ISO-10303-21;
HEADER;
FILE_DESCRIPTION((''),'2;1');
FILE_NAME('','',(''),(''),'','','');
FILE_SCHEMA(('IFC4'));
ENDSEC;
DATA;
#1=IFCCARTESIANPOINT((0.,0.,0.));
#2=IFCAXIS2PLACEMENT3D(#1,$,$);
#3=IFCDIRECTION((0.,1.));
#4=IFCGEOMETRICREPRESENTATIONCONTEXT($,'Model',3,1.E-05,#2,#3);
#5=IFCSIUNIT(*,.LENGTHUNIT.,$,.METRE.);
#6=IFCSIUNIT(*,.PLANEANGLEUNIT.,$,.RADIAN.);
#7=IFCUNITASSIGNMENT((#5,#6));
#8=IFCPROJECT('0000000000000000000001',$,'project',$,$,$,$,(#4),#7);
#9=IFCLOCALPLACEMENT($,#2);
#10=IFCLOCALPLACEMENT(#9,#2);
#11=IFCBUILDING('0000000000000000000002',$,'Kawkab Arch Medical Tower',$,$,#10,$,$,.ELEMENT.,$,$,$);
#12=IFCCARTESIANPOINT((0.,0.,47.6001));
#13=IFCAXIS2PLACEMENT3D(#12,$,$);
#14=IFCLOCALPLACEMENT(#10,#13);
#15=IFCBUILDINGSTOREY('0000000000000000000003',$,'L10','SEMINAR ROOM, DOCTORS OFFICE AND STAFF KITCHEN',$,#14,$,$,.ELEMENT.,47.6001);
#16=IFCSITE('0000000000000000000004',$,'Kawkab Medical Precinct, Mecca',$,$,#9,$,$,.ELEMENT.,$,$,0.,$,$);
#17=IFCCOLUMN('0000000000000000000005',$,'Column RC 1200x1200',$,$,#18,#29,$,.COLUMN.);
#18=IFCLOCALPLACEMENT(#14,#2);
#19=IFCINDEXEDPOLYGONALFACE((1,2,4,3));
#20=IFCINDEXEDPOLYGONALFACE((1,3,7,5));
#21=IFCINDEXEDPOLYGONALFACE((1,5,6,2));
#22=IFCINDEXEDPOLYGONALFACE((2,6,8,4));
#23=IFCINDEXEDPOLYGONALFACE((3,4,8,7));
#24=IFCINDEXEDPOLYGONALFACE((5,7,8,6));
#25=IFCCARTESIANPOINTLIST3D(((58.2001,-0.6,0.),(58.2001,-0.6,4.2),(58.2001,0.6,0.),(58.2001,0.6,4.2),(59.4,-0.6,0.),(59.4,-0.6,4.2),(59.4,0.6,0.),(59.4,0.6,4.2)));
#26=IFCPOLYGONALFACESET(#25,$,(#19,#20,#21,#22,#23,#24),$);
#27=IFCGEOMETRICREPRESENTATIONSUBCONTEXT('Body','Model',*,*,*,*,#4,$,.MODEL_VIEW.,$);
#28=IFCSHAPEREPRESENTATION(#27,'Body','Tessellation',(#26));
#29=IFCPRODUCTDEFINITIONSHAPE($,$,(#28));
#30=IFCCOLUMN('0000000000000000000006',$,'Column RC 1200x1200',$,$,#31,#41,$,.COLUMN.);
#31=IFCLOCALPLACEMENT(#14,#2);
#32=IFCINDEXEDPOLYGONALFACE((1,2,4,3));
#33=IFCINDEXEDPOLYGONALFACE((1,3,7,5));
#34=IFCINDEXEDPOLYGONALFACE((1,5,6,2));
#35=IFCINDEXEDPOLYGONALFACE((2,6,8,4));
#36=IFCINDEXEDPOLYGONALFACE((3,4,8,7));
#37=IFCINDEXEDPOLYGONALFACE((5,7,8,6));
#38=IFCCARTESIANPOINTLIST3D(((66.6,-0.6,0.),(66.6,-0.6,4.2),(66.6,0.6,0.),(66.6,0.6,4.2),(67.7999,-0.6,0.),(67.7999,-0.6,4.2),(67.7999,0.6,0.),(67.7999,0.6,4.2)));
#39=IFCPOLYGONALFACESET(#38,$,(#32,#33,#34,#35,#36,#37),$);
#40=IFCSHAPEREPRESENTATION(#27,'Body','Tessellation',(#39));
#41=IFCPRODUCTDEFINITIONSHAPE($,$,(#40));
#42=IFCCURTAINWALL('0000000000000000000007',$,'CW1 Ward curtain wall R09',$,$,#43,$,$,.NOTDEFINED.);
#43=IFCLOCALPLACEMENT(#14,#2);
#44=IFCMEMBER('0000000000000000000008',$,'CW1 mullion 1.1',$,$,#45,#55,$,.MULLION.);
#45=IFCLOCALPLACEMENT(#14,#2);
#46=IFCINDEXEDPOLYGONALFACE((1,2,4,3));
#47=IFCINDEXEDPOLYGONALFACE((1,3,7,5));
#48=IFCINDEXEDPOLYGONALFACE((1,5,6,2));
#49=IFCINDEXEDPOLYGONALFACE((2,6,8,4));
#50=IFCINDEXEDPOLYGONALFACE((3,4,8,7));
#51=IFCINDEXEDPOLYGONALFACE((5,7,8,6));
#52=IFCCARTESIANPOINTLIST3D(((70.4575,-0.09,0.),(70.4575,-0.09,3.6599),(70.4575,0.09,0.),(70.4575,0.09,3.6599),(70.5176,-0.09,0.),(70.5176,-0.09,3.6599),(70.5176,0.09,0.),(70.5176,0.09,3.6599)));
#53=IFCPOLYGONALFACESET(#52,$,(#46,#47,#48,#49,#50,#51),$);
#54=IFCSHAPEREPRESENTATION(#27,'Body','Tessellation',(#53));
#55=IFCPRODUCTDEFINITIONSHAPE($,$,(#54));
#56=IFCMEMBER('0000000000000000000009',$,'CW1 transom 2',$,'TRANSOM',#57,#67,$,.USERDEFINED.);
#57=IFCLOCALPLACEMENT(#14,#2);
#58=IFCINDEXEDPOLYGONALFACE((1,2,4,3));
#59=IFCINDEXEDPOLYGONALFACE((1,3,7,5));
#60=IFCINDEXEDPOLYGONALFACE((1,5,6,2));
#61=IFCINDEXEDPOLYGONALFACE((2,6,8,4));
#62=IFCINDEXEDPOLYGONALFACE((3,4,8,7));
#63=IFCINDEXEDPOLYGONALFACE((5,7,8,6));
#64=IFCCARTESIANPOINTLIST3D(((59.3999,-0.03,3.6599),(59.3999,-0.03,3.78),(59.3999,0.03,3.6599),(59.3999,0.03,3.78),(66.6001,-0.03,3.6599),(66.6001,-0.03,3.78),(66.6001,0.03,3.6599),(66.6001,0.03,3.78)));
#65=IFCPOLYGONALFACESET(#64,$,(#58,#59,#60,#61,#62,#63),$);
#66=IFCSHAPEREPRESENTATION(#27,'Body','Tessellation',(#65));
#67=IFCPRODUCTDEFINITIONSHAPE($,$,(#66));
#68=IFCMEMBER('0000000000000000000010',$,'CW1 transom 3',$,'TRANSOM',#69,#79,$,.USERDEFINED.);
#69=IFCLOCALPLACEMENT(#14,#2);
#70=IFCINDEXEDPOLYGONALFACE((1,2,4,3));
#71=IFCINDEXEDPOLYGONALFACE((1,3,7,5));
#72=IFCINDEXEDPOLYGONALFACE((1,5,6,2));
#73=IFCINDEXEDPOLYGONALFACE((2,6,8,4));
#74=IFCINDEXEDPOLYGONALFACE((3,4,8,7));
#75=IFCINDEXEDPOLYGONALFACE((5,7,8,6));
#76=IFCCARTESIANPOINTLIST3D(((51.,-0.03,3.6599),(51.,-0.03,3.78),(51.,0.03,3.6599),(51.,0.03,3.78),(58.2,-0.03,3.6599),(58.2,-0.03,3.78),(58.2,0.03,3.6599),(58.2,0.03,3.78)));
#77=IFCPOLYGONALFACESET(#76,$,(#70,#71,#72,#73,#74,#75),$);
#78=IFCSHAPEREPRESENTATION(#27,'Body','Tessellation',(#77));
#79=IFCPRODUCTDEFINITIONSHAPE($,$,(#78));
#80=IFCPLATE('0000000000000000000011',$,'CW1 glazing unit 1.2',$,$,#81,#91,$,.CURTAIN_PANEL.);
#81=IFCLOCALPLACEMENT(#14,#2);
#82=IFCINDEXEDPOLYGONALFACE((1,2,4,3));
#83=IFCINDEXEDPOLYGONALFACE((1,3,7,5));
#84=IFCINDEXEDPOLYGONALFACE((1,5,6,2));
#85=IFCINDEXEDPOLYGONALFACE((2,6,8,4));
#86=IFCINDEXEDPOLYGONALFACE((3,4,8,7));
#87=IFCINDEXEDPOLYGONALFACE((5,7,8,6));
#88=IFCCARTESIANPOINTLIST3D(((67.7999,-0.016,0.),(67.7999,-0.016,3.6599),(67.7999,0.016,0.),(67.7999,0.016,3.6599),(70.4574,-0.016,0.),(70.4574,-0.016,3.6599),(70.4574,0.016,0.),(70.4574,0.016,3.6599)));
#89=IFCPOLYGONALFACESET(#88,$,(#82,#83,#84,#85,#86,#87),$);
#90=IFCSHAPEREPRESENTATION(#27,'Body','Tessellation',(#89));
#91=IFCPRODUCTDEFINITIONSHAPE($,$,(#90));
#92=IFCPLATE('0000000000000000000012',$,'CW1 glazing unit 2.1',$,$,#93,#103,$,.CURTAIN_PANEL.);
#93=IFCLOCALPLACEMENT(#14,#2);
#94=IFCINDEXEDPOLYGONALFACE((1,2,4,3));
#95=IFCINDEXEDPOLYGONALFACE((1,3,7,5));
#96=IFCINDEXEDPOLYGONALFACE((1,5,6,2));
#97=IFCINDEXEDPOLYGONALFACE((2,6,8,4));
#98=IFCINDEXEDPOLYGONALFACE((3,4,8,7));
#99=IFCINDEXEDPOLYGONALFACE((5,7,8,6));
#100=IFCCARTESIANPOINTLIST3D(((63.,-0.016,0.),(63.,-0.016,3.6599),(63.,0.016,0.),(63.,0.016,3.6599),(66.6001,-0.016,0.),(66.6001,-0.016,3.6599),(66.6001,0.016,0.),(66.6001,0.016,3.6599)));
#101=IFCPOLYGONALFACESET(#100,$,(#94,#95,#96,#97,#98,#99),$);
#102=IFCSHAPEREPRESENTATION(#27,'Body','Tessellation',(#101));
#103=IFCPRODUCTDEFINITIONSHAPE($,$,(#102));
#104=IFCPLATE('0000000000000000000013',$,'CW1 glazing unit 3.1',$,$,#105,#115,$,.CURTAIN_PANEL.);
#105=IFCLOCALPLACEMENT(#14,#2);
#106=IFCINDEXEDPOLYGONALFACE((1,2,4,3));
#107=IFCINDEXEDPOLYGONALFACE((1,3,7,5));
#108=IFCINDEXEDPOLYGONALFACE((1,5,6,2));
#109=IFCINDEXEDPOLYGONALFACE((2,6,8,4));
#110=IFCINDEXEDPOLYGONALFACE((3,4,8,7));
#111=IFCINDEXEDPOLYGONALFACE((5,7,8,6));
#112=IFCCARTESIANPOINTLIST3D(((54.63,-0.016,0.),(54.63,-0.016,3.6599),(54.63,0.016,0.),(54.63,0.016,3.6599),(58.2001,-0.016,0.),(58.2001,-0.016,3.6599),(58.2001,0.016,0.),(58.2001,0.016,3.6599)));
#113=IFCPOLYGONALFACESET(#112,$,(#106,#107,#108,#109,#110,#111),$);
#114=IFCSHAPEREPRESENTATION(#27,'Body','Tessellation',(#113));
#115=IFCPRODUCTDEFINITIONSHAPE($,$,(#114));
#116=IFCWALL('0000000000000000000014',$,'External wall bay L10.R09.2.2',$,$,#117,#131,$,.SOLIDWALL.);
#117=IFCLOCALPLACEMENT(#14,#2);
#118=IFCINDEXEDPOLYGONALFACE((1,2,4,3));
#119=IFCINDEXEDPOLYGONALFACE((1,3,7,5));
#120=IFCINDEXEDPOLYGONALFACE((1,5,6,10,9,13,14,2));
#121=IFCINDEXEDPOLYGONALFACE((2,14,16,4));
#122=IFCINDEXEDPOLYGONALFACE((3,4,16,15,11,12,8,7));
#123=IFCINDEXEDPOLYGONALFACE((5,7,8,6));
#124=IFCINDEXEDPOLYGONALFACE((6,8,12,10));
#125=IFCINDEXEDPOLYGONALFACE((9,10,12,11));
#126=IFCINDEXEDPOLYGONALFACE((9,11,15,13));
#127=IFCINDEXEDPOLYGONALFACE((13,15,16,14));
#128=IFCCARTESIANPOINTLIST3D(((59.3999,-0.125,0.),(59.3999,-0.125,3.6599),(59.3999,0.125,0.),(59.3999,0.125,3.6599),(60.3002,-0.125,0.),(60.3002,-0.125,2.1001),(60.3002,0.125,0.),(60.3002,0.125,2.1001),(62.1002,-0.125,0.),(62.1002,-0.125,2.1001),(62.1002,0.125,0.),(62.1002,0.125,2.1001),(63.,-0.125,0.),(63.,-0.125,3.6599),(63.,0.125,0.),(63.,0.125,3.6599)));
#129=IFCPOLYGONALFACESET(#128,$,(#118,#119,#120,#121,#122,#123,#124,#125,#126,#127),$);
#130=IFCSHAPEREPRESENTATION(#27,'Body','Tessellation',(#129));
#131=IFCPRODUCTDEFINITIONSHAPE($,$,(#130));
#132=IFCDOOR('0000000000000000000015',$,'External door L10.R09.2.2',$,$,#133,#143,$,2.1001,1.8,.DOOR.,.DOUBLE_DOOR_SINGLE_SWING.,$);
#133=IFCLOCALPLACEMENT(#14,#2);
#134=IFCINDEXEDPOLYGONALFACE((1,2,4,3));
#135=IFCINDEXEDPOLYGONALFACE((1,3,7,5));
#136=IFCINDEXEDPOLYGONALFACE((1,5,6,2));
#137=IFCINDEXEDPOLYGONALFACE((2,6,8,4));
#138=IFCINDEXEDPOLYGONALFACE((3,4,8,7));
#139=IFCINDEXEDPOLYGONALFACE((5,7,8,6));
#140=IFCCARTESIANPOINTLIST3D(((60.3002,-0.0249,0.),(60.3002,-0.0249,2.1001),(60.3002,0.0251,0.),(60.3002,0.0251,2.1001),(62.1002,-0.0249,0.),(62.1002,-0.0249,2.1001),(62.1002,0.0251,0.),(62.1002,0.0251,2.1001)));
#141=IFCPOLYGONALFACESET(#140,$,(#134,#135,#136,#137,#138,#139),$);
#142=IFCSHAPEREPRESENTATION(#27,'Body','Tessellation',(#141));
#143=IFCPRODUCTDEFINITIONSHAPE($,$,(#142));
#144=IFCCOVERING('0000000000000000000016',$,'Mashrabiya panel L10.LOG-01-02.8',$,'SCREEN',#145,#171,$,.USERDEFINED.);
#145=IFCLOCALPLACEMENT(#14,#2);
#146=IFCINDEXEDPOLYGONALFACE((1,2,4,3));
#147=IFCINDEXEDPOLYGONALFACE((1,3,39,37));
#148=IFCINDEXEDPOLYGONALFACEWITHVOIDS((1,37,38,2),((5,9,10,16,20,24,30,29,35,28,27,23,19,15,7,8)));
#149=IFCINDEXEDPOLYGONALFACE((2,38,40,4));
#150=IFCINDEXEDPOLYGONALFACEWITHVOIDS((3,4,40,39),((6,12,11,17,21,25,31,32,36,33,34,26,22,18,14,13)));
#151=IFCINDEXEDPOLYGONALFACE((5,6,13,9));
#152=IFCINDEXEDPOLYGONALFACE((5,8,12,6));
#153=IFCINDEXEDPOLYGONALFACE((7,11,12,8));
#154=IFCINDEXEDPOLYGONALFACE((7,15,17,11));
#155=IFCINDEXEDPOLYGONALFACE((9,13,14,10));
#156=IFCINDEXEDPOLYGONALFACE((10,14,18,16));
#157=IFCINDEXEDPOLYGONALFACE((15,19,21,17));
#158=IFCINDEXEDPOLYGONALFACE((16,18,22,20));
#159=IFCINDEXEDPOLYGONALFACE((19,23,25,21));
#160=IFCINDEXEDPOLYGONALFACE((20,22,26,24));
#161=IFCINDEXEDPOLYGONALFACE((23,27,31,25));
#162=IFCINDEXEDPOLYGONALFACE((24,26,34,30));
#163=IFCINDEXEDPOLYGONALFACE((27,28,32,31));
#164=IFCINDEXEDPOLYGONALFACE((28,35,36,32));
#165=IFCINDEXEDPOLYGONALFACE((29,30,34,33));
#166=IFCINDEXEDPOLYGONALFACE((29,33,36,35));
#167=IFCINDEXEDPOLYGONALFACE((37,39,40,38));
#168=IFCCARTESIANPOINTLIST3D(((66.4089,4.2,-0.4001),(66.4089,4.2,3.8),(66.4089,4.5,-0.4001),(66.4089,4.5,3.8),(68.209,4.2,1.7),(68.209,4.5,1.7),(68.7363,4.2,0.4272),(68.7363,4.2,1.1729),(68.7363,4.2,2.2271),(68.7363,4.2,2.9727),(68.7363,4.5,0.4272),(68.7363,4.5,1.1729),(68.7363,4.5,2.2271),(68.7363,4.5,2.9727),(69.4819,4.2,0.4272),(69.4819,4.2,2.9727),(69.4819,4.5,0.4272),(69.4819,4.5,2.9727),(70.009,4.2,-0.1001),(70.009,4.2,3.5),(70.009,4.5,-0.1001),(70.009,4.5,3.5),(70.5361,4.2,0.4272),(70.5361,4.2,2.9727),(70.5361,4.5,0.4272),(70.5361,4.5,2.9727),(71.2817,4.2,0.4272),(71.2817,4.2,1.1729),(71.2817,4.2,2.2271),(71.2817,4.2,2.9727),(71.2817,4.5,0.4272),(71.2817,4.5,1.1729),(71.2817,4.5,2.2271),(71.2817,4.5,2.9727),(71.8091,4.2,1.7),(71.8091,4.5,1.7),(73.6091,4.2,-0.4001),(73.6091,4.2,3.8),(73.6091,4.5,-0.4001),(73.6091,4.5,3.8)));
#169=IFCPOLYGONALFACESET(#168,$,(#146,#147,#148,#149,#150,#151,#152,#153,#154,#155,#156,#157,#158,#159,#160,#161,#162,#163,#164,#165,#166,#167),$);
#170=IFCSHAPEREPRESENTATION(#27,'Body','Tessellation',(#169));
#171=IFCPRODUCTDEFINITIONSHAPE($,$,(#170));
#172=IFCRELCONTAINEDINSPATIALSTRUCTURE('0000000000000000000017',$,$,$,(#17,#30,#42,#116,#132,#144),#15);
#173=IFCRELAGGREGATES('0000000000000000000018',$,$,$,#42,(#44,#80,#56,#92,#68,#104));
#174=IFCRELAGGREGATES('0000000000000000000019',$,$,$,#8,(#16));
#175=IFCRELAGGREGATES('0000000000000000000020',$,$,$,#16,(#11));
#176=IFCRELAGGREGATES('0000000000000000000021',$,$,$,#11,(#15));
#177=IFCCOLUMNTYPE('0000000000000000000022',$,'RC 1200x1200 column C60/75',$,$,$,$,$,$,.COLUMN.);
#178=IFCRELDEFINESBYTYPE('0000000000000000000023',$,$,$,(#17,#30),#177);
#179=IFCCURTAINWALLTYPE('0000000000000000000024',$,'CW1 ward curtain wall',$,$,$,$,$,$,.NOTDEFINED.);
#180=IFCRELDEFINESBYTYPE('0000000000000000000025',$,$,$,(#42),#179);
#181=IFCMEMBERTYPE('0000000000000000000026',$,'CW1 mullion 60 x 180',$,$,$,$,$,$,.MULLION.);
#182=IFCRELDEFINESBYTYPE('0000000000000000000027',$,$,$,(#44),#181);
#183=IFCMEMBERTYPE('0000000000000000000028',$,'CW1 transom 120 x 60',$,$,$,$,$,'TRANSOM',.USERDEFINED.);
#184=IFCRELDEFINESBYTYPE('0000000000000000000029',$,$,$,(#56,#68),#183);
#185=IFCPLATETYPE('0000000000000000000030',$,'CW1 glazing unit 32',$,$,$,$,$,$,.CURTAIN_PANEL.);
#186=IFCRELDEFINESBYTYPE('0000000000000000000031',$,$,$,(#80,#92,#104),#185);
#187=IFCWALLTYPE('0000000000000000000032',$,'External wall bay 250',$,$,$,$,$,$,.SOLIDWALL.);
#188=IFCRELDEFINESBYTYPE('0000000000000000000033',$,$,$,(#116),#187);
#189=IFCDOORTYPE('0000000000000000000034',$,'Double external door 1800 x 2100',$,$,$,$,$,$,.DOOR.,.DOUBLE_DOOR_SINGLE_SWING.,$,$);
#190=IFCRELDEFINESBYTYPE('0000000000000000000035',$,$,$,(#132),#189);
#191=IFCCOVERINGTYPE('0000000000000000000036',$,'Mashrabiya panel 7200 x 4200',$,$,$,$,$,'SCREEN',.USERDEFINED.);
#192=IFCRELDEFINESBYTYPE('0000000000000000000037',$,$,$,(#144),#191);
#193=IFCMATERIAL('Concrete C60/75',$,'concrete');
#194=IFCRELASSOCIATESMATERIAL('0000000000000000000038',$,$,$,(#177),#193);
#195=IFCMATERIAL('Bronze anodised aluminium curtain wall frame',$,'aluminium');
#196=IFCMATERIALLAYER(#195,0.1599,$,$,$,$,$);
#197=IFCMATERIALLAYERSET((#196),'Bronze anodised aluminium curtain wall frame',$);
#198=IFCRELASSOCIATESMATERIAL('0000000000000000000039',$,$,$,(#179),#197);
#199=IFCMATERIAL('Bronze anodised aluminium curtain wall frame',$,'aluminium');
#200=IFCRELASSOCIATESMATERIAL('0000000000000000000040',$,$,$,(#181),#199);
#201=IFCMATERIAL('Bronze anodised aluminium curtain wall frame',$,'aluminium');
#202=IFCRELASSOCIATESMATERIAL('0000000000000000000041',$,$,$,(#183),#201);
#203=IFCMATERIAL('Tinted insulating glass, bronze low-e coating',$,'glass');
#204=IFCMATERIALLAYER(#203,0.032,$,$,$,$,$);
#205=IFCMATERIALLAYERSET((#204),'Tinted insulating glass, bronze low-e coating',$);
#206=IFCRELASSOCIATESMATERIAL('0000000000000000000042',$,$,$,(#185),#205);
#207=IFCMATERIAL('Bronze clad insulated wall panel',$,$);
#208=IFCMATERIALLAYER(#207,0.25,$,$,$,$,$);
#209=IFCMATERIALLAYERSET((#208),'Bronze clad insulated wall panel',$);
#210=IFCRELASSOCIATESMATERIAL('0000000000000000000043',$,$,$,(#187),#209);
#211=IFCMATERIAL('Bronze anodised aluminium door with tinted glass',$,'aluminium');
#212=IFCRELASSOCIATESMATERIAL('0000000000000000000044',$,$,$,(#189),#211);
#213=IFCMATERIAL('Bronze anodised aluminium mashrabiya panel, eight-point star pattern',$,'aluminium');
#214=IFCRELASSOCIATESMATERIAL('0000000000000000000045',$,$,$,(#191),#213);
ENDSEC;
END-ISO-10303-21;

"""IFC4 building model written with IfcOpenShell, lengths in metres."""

from ifc_helpers import new_model, si_unit, direction, frame, frame_2d, origin, origin_2d, place, context, subcontext, project, spatial, polyline, rectangle, outline, extrude, material, layer, layer_set, material_profile, profile_set, type_object, element, fill, aggregate, save


model = new_model("IFC4")

# Units and contexts
model_context = context("Model", 3, precision=1e-05, world=origin(), true_north=direction((0.0, 1.0)))
body_context = subcontext(model_context, "Body", "Model", "MODEL_VIEW")
ifc_project = project(units=[si_unit("LENGTHUNIT", "METRE"), si_unit("PLANEANGLEUNIT", "RADIAN")], contexts=[model_context])

# Site, building, storey
site_placement = place(None, origin())
site = spatial("IfcSite", under=ifc_project, at=site_placement, Name="Kawkab Medical Precinct, Mecca", CompositionType="ELEMENT", RefElevation=0.0)
building_placement = place(site_placement, origin())
building = spatial("IfcBuilding", under=site, at=building_placement, Name="Kawkab Arch Medical Tower", CompositionType="ELEMENT")
storey_placement = place(building_placement, frame((0.0, 0.0, 47.6001)))
storey = spatial("IfcBuildingStorey", under=building, at=storey_placement, Name="L10", Description="SEMINAR ROOM, DOCTORS OFFICE AND STAFF KITCHEN", CompositionType="ELEMENT", Elevation=47.6001)

# Columns
ifc_material_1 = material(Name="Concrete C60/75", Category="concrete")
ifc_material_profile_1 = material_profile(ifc_material_1, rectangle(XDim=1.2, YDim=1.2, at=origin_2d()), Name="RC 1200x1200")
ifc_profile_set_1 = profile_set([ifc_material_profile_1], Name="Concrete C60/75")
column_type = type_object("IfcColumnType", Name="RC 1200x1200 column C60/75", PredefinedType="COLUMN", material=ifc_profile_set_1)
for number, where, z_axis, x_axis, name in (
    (1, (58.8, 0.0, 0.0), (0.0, 0.0, 1.0), (1.0, 0.0, 0.0), "Column RC 1200x1200"),
    (2, (67.2, 0.0, 0.0), (0.0, 0.0, 1.0), (1.0, 0.0, 0.0), "Column RC 1200x1200"),
):
    element("IfcColumn", number, at=place(storey_placement, frame(where, z_axis=z_axis, x_axis=x_axis)), inside=storey, type_object=column_type, Name=name, PredefinedType="COLUMN", context=body_context, shape_type="SweptSolid", body=[
        extrude(rectangle(XDim=1.2, YDim=1.2, at=origin_2d()), origin(), (0.0, 0.0, 1.0), 4.2),
    ])

# Curtain wall, members, plates
ifc_material_2 = material(Name="Bronze anodised aluminium curtain wall frame", Category="aluminium")
ifc_layer_1 = layer(ifc_material_2, 0.1599)
ifc_layer_set_1 = layer_set([ifc_layer_1], Name="Bronze anodised aluminium curtain wall frame")
curtain_wall_type = type_object("IfcCurtainWallType", Name="CW1 ward curtain wall", PredefinedType="NOTDEFINED", material=ifc_layer_set_1)
curtain_wall_placement = place(storey_placement, origin())
curtain_wall = element("IfcCurtainWall", 3, at=curtain_wall_placement, inside=storey, type_object=curtain_wall_type, Name="CW1 Ward curtain wall R09", PredefinedType="NOTDEFINED")
ifc_material_3 = material(Name="Bronze anodised aluminium curtain wall frame", Category="aluminium")
ifc_material_profile_2 = material_profile(ifc_material_3, rectangle(XDim=0.1799, YDim=0.0601, at=origin_2d()), Name="AL 60x180")
ifc_profile_set_2 = profile_set([ifc_material_profile_2], Name="Bronze anodised aluminium curtain wall frame")
member_type_1 = type_object("IfcMemberType", Name="CW1 mullion 60 x 180", PredefinedType="MULLION", material=ifc_profile_set_2)
member_1_placement = place(storey_placement, frame((70.4875, 0.0, 0.0), z_axis=(0.0, 0.0, 1.0), x_axis=(0.0, -1.0, 0.0)))
member_1 = element("IfcMember", 4, at=member_1_placement, type_object=member_type_1, Name="CW1 mullion 1.1", PredefinedType="MULLION", context=body_context, shape_type="SweptSolid", body=[
    extrude(rectangle(XDim=0.1799, YDim=0.0601, at=origin_2d()), origin(), (0.0, 0.0, 1.0), 3.6599),
])
ifc_material_4 = material(Name="Bronze anodised aluminium curtain wall frame", Category="aluminium")
ifc_material_profile_3 = material_profile(ifc_material_4, rectangle(XDim=0.0601, YDim=0.1201, at=origin_2d()), Name="AL 60x120")
ifc_profile_set_3 = profile_set([ifc_material_profile_3], Name="Bronze anodised aluminium curtain wall frame")
member_type_2 = type_object("IfcMemberType", Name="CW1 transom 120 x 60", ElementType="TRANSOM", PredefinedType="USERDEFINED", material=ifc_profile_set_3)
member_2_placement = place(storey_placement, frame((66.6001, 0.0, 3.72), z_axis=(-1.0, 0.0, 0.0), x_axis=(0.0, -1.0, 0.0)))
member_2 = element("IfcMember", 5, at=member_2_placement, type_object=member_type_2, Name="CW1 transom 2", ObjectType="TRANSOM", PredefinedType="USERDEFINED", context=body_context, shape_type="SweptSolid", body=[
    extrude(rectangle(XDim=0.0601, YDim=0.1201, at=origin_2d()), origin(), (0.0, 0.0, 1.0), 7.2002),
])
member_3_placement = place(storey_placement, frame((58.2, 0.0, 3.72), z_axis=(-1.0, 0.0, 0.0), x_axis=(0.0, -1.0, 0.0)))
member_3 = element("IfcMember", 6, at=member_3_placement, type_object=member_type_2, Name="CW1 transom 3", ObjectType="TRANSOM", PredefinedType="USERDEFINED", context=body_context, shape_type="SweptSolid", body=[
    extrude(rectangle(XDim=0.0601, YDim=0.1201, at=origin_2d()), origin(), (0.0, 0.0, 1.0), 7.2),
])
ifc_material_5 = material(Name="Tinted insulating glass, bronze low-e coating", Category="glass")
ifc_layer_2 = layer(ifc_material_5, 0.032)
ifc_layer_set_2 = layer_set([ifc_layer_2], Name="Tinted insulating glass, bronze low-e coating")
plate_type = type_object("IfcPlateType", Name="CW1 glazing unit 32", PredefinedType="CURTAIN_PANEL", material=ifc_layer_set_2)
plate_1_placement = place(storey_placement, frame((69.1287, 0.0, 0.0), z_axis=(0.0, 0.0, 1.0), x_axis=(-1.0, 0.0, 0.0)))
plate_1 = element("IfcPlate", 7, at=plate_1_placement, type_object=plate_type, Name="CW1 glazing unit 1.2", PredefinedType="CURTAIN_PANEL", context=body_context, shape_type="SweptSolid", body=[
    extrude(rectangle(XDim=2.6575, YDim=0.032, at=origin_2d()), origin(), (0.0, 0.0, 1.0), 3.6599),
])
plate_2_placement = place(storey_placement, frame((64.8, 0.0, 0.0), z_axis=(0.0, 0.0, 1.0), x_axis=(-1.0, 0.0, 0.0)))
plate_2 = element("IfcPlate", 8, at=plate_2_placement, type_object=plate_type, Name="CW1 glazing unit 2.1", PredefinedType="CURTAIN_PANEL", context=body_context, shape_type="SweptSolid", body=[
    extrude(rectangle(XDim=3.6001, YDim=0.032, at=origin_2d()), origin(), (0.0, 0.0, 1.0), 3.6599),
])
plate_3_placement = place(storey_placement, frame((56.415, 0.0, 0.0), z_axis=(0.0, 0.0, 1.0), x_axis=(-1.0, 0.0, 0.0)))
plate_3 = element("IfcPlate", 9, at=plate_3_placement, type_object=plate_type, Name="CW1 glazing unit 3.1", PredefinedType="CURTAIN_PANEL", context=body_context, shape_type="SweptSolid", body=[
    extrude(rectangle(XDim=3.5701, YDim=0.032, at=origin_2d()), origin(), (0.0, 0.0, 1.0), 3.6599),
])
aggregate(curtain_wall, [member_1, plate_1, member_2, plate_2, member_3, plate_3])

# Wall, opening, door
ifc_material_6 = material(Name="Bronze clad insulated wall panel")
ifc_layer_3 = layer(ifc_material_6, 0.25)
ifc_layer_set_3 = layer_set([ifc_layer_3], Name="Bronze clad insulated wall panel")
wall_type = type_object("IfcWallType", Name="External wall bay 250", PredefinedType="SOLIDWALL", material=ifc_layer_set_3)
wall_placement = place(storey_placement, frame((63.0, 0.0, 0.0), z_axis=(0.0, 0.0, 1.0), x_axis=(-1.0, 0.0, 0.0)))
wall = element("IfcWall", 10, at=wall_placement, inside=storey, type_object=wall_type, Name="External wall bay L10.R09.2.2", PredefinedType="SOLIDWALL", context=body_context, shape_type="SweptSolid", body=[
    extrude(rectangle(XDim=3.6001, YDim=0.25, at=frame_2d((1.8, 0.0))), origin(), (0.0, 0.0, 1.0), 3.6599),
])
opening_placement = place(wall_placement, frame((0.8999, 0.0, 0.0)))
opening = element("IfcOpeningElement", 11, at=opening_placement, cuts=wall, PredefinedType="OPENING", context=body_context, shape_type="SweptSolid", body=[
    extrude(rectangle(XDim=1.8, YDim=2.1001, at=frame_2d((0.8999, 1.05))), frame((0.0, 0.135, 0.0), z_axis=(0.0, -1.0, 0.0), x_axis=(1.0, 0.0, 0.0)), (0.0, 0.0, 1.0), 0.27),
])
ifc_material_7 = material(Name="Bronze anodised aluminium door with tinted glass", Category="aluminium")
door_type = type_object("IfcDoorType", Name="Double external door 1800 x 2100", OperationType="DOUBLE_DOOR_SINGLE_SWING", PredefinedType="DOOR", material=ifc_material_7)
door_placement = place(opening_placement, origin())
door = element("IfcDoor", 12, at=door_placement, inside=storey, type_object=door_type, Name="External door L10.R09.2.2", OperationType="DOUBLE_DOOR_SINGLE_SWING", OverallHeight=2.1001, OverallWidth=1.8, PredefinedType="DOOR", context=body_context, shape_type="SweptSolid", body=[
    extrude(rectangle(XDim=1.8, YDim=2.1001, at=frame_2d((0.8999, 1.05))), frame((0.0, 0.0249, 0.0), z_axis=(0.0, -1.0, 0.0), x_axis=(1.0, 0.0, 0.0)), (0.0, 0.0, 1.0), 0.05),
])
fill(opening, door)

# Covering
ifc_material_8 = material(Name="Bronze anodised aluminium mashrabiya panel, eight-point star pattern", Category="aluminium")
ifc_material_profile_4 = material_profile(ifc_material_8, outline(polyline([(-3.6001, -2.1001), (3.6001, -2.1001), (3.6001, 2.1001), (-3.6001, 2.1001), (-3.6001, -2.1001)]), holes=[polyline([(1.8, 0.0), (1.2727, 0.5271), (1.2727, 1.2727), (0.5271, 1.2727), (0.0, 1.8), (-0.5271, 1.2727), (-1.2727, 1.2727), (-1.2727, 0.5271), (-1.8, 0.0), (-1.2727, -0.5271), (-1.2727, -1.2727), (-0.5271, -1.2727), (0.0, -1.8), (0.5271, -1.2727), (1.2727, -1.2727), (1.2727, -0.5271), (1.8, 0.0)])]), Name="Mashrabiya panel 7200x4200")
ifc_profile_set_4 = profile_set([ifc_material_profile_4], Name="Bronze anodised aluminium mashrabiya panel, eight-point star pattern")
covering_type_1 = type_object("IfcCoveringType", Name="Mashrabiya panel 7200 x 4200", ElementType="SCREEN", PredefinedType="USERDEFINED", material=ifc_profile_set_4)
covering_1_placement = place(storey_placement, frame((70.009, 4.2, 1.7), z_axis=(0.0, 1.0, 0.0), x_axis=(-1.0, 0.0, 0.0)))
element("IfcCovering", 13, at=covering_1_placement, inside=storey, type_object=covering_type_1, Name="Mashrabiya panel L10.LOG-01-02.8", ObjectType="SCREEN", PredefinedType="USERDEFINED", context=body_context, shape_type="SweptSolid", body=[
    extrude(outline(polyline([(-3.6001, -2.1001), (3.6001, -2.1001), (3.6001, 2.1001), (-3.6001, 2.1001), (-3.6001, -2.1001)]), holes=[polyline([(1.8, 0.0), (1.2727, 0.5271), (1.2727, 1.2727), (0.5271, 1.2727), (0.0, 1.8), (-0.5271, 1.2727), (-1.2727, 1.2727), (-1.2727, 0.5271), (-1.8, 0.0), (-1.2727, -0.5271), (-1.2727, -1.2727), (-0.5271, -1.2727), (0.0, -1.8), (0.5271, -1.2727), (1.2727, -1.2727), (1.2727, -0.5271), (1.8, 0.0)])]), origin(), (0.0, 0.0, 1.0), 0.3),
])

save(model, "model.ifc")
